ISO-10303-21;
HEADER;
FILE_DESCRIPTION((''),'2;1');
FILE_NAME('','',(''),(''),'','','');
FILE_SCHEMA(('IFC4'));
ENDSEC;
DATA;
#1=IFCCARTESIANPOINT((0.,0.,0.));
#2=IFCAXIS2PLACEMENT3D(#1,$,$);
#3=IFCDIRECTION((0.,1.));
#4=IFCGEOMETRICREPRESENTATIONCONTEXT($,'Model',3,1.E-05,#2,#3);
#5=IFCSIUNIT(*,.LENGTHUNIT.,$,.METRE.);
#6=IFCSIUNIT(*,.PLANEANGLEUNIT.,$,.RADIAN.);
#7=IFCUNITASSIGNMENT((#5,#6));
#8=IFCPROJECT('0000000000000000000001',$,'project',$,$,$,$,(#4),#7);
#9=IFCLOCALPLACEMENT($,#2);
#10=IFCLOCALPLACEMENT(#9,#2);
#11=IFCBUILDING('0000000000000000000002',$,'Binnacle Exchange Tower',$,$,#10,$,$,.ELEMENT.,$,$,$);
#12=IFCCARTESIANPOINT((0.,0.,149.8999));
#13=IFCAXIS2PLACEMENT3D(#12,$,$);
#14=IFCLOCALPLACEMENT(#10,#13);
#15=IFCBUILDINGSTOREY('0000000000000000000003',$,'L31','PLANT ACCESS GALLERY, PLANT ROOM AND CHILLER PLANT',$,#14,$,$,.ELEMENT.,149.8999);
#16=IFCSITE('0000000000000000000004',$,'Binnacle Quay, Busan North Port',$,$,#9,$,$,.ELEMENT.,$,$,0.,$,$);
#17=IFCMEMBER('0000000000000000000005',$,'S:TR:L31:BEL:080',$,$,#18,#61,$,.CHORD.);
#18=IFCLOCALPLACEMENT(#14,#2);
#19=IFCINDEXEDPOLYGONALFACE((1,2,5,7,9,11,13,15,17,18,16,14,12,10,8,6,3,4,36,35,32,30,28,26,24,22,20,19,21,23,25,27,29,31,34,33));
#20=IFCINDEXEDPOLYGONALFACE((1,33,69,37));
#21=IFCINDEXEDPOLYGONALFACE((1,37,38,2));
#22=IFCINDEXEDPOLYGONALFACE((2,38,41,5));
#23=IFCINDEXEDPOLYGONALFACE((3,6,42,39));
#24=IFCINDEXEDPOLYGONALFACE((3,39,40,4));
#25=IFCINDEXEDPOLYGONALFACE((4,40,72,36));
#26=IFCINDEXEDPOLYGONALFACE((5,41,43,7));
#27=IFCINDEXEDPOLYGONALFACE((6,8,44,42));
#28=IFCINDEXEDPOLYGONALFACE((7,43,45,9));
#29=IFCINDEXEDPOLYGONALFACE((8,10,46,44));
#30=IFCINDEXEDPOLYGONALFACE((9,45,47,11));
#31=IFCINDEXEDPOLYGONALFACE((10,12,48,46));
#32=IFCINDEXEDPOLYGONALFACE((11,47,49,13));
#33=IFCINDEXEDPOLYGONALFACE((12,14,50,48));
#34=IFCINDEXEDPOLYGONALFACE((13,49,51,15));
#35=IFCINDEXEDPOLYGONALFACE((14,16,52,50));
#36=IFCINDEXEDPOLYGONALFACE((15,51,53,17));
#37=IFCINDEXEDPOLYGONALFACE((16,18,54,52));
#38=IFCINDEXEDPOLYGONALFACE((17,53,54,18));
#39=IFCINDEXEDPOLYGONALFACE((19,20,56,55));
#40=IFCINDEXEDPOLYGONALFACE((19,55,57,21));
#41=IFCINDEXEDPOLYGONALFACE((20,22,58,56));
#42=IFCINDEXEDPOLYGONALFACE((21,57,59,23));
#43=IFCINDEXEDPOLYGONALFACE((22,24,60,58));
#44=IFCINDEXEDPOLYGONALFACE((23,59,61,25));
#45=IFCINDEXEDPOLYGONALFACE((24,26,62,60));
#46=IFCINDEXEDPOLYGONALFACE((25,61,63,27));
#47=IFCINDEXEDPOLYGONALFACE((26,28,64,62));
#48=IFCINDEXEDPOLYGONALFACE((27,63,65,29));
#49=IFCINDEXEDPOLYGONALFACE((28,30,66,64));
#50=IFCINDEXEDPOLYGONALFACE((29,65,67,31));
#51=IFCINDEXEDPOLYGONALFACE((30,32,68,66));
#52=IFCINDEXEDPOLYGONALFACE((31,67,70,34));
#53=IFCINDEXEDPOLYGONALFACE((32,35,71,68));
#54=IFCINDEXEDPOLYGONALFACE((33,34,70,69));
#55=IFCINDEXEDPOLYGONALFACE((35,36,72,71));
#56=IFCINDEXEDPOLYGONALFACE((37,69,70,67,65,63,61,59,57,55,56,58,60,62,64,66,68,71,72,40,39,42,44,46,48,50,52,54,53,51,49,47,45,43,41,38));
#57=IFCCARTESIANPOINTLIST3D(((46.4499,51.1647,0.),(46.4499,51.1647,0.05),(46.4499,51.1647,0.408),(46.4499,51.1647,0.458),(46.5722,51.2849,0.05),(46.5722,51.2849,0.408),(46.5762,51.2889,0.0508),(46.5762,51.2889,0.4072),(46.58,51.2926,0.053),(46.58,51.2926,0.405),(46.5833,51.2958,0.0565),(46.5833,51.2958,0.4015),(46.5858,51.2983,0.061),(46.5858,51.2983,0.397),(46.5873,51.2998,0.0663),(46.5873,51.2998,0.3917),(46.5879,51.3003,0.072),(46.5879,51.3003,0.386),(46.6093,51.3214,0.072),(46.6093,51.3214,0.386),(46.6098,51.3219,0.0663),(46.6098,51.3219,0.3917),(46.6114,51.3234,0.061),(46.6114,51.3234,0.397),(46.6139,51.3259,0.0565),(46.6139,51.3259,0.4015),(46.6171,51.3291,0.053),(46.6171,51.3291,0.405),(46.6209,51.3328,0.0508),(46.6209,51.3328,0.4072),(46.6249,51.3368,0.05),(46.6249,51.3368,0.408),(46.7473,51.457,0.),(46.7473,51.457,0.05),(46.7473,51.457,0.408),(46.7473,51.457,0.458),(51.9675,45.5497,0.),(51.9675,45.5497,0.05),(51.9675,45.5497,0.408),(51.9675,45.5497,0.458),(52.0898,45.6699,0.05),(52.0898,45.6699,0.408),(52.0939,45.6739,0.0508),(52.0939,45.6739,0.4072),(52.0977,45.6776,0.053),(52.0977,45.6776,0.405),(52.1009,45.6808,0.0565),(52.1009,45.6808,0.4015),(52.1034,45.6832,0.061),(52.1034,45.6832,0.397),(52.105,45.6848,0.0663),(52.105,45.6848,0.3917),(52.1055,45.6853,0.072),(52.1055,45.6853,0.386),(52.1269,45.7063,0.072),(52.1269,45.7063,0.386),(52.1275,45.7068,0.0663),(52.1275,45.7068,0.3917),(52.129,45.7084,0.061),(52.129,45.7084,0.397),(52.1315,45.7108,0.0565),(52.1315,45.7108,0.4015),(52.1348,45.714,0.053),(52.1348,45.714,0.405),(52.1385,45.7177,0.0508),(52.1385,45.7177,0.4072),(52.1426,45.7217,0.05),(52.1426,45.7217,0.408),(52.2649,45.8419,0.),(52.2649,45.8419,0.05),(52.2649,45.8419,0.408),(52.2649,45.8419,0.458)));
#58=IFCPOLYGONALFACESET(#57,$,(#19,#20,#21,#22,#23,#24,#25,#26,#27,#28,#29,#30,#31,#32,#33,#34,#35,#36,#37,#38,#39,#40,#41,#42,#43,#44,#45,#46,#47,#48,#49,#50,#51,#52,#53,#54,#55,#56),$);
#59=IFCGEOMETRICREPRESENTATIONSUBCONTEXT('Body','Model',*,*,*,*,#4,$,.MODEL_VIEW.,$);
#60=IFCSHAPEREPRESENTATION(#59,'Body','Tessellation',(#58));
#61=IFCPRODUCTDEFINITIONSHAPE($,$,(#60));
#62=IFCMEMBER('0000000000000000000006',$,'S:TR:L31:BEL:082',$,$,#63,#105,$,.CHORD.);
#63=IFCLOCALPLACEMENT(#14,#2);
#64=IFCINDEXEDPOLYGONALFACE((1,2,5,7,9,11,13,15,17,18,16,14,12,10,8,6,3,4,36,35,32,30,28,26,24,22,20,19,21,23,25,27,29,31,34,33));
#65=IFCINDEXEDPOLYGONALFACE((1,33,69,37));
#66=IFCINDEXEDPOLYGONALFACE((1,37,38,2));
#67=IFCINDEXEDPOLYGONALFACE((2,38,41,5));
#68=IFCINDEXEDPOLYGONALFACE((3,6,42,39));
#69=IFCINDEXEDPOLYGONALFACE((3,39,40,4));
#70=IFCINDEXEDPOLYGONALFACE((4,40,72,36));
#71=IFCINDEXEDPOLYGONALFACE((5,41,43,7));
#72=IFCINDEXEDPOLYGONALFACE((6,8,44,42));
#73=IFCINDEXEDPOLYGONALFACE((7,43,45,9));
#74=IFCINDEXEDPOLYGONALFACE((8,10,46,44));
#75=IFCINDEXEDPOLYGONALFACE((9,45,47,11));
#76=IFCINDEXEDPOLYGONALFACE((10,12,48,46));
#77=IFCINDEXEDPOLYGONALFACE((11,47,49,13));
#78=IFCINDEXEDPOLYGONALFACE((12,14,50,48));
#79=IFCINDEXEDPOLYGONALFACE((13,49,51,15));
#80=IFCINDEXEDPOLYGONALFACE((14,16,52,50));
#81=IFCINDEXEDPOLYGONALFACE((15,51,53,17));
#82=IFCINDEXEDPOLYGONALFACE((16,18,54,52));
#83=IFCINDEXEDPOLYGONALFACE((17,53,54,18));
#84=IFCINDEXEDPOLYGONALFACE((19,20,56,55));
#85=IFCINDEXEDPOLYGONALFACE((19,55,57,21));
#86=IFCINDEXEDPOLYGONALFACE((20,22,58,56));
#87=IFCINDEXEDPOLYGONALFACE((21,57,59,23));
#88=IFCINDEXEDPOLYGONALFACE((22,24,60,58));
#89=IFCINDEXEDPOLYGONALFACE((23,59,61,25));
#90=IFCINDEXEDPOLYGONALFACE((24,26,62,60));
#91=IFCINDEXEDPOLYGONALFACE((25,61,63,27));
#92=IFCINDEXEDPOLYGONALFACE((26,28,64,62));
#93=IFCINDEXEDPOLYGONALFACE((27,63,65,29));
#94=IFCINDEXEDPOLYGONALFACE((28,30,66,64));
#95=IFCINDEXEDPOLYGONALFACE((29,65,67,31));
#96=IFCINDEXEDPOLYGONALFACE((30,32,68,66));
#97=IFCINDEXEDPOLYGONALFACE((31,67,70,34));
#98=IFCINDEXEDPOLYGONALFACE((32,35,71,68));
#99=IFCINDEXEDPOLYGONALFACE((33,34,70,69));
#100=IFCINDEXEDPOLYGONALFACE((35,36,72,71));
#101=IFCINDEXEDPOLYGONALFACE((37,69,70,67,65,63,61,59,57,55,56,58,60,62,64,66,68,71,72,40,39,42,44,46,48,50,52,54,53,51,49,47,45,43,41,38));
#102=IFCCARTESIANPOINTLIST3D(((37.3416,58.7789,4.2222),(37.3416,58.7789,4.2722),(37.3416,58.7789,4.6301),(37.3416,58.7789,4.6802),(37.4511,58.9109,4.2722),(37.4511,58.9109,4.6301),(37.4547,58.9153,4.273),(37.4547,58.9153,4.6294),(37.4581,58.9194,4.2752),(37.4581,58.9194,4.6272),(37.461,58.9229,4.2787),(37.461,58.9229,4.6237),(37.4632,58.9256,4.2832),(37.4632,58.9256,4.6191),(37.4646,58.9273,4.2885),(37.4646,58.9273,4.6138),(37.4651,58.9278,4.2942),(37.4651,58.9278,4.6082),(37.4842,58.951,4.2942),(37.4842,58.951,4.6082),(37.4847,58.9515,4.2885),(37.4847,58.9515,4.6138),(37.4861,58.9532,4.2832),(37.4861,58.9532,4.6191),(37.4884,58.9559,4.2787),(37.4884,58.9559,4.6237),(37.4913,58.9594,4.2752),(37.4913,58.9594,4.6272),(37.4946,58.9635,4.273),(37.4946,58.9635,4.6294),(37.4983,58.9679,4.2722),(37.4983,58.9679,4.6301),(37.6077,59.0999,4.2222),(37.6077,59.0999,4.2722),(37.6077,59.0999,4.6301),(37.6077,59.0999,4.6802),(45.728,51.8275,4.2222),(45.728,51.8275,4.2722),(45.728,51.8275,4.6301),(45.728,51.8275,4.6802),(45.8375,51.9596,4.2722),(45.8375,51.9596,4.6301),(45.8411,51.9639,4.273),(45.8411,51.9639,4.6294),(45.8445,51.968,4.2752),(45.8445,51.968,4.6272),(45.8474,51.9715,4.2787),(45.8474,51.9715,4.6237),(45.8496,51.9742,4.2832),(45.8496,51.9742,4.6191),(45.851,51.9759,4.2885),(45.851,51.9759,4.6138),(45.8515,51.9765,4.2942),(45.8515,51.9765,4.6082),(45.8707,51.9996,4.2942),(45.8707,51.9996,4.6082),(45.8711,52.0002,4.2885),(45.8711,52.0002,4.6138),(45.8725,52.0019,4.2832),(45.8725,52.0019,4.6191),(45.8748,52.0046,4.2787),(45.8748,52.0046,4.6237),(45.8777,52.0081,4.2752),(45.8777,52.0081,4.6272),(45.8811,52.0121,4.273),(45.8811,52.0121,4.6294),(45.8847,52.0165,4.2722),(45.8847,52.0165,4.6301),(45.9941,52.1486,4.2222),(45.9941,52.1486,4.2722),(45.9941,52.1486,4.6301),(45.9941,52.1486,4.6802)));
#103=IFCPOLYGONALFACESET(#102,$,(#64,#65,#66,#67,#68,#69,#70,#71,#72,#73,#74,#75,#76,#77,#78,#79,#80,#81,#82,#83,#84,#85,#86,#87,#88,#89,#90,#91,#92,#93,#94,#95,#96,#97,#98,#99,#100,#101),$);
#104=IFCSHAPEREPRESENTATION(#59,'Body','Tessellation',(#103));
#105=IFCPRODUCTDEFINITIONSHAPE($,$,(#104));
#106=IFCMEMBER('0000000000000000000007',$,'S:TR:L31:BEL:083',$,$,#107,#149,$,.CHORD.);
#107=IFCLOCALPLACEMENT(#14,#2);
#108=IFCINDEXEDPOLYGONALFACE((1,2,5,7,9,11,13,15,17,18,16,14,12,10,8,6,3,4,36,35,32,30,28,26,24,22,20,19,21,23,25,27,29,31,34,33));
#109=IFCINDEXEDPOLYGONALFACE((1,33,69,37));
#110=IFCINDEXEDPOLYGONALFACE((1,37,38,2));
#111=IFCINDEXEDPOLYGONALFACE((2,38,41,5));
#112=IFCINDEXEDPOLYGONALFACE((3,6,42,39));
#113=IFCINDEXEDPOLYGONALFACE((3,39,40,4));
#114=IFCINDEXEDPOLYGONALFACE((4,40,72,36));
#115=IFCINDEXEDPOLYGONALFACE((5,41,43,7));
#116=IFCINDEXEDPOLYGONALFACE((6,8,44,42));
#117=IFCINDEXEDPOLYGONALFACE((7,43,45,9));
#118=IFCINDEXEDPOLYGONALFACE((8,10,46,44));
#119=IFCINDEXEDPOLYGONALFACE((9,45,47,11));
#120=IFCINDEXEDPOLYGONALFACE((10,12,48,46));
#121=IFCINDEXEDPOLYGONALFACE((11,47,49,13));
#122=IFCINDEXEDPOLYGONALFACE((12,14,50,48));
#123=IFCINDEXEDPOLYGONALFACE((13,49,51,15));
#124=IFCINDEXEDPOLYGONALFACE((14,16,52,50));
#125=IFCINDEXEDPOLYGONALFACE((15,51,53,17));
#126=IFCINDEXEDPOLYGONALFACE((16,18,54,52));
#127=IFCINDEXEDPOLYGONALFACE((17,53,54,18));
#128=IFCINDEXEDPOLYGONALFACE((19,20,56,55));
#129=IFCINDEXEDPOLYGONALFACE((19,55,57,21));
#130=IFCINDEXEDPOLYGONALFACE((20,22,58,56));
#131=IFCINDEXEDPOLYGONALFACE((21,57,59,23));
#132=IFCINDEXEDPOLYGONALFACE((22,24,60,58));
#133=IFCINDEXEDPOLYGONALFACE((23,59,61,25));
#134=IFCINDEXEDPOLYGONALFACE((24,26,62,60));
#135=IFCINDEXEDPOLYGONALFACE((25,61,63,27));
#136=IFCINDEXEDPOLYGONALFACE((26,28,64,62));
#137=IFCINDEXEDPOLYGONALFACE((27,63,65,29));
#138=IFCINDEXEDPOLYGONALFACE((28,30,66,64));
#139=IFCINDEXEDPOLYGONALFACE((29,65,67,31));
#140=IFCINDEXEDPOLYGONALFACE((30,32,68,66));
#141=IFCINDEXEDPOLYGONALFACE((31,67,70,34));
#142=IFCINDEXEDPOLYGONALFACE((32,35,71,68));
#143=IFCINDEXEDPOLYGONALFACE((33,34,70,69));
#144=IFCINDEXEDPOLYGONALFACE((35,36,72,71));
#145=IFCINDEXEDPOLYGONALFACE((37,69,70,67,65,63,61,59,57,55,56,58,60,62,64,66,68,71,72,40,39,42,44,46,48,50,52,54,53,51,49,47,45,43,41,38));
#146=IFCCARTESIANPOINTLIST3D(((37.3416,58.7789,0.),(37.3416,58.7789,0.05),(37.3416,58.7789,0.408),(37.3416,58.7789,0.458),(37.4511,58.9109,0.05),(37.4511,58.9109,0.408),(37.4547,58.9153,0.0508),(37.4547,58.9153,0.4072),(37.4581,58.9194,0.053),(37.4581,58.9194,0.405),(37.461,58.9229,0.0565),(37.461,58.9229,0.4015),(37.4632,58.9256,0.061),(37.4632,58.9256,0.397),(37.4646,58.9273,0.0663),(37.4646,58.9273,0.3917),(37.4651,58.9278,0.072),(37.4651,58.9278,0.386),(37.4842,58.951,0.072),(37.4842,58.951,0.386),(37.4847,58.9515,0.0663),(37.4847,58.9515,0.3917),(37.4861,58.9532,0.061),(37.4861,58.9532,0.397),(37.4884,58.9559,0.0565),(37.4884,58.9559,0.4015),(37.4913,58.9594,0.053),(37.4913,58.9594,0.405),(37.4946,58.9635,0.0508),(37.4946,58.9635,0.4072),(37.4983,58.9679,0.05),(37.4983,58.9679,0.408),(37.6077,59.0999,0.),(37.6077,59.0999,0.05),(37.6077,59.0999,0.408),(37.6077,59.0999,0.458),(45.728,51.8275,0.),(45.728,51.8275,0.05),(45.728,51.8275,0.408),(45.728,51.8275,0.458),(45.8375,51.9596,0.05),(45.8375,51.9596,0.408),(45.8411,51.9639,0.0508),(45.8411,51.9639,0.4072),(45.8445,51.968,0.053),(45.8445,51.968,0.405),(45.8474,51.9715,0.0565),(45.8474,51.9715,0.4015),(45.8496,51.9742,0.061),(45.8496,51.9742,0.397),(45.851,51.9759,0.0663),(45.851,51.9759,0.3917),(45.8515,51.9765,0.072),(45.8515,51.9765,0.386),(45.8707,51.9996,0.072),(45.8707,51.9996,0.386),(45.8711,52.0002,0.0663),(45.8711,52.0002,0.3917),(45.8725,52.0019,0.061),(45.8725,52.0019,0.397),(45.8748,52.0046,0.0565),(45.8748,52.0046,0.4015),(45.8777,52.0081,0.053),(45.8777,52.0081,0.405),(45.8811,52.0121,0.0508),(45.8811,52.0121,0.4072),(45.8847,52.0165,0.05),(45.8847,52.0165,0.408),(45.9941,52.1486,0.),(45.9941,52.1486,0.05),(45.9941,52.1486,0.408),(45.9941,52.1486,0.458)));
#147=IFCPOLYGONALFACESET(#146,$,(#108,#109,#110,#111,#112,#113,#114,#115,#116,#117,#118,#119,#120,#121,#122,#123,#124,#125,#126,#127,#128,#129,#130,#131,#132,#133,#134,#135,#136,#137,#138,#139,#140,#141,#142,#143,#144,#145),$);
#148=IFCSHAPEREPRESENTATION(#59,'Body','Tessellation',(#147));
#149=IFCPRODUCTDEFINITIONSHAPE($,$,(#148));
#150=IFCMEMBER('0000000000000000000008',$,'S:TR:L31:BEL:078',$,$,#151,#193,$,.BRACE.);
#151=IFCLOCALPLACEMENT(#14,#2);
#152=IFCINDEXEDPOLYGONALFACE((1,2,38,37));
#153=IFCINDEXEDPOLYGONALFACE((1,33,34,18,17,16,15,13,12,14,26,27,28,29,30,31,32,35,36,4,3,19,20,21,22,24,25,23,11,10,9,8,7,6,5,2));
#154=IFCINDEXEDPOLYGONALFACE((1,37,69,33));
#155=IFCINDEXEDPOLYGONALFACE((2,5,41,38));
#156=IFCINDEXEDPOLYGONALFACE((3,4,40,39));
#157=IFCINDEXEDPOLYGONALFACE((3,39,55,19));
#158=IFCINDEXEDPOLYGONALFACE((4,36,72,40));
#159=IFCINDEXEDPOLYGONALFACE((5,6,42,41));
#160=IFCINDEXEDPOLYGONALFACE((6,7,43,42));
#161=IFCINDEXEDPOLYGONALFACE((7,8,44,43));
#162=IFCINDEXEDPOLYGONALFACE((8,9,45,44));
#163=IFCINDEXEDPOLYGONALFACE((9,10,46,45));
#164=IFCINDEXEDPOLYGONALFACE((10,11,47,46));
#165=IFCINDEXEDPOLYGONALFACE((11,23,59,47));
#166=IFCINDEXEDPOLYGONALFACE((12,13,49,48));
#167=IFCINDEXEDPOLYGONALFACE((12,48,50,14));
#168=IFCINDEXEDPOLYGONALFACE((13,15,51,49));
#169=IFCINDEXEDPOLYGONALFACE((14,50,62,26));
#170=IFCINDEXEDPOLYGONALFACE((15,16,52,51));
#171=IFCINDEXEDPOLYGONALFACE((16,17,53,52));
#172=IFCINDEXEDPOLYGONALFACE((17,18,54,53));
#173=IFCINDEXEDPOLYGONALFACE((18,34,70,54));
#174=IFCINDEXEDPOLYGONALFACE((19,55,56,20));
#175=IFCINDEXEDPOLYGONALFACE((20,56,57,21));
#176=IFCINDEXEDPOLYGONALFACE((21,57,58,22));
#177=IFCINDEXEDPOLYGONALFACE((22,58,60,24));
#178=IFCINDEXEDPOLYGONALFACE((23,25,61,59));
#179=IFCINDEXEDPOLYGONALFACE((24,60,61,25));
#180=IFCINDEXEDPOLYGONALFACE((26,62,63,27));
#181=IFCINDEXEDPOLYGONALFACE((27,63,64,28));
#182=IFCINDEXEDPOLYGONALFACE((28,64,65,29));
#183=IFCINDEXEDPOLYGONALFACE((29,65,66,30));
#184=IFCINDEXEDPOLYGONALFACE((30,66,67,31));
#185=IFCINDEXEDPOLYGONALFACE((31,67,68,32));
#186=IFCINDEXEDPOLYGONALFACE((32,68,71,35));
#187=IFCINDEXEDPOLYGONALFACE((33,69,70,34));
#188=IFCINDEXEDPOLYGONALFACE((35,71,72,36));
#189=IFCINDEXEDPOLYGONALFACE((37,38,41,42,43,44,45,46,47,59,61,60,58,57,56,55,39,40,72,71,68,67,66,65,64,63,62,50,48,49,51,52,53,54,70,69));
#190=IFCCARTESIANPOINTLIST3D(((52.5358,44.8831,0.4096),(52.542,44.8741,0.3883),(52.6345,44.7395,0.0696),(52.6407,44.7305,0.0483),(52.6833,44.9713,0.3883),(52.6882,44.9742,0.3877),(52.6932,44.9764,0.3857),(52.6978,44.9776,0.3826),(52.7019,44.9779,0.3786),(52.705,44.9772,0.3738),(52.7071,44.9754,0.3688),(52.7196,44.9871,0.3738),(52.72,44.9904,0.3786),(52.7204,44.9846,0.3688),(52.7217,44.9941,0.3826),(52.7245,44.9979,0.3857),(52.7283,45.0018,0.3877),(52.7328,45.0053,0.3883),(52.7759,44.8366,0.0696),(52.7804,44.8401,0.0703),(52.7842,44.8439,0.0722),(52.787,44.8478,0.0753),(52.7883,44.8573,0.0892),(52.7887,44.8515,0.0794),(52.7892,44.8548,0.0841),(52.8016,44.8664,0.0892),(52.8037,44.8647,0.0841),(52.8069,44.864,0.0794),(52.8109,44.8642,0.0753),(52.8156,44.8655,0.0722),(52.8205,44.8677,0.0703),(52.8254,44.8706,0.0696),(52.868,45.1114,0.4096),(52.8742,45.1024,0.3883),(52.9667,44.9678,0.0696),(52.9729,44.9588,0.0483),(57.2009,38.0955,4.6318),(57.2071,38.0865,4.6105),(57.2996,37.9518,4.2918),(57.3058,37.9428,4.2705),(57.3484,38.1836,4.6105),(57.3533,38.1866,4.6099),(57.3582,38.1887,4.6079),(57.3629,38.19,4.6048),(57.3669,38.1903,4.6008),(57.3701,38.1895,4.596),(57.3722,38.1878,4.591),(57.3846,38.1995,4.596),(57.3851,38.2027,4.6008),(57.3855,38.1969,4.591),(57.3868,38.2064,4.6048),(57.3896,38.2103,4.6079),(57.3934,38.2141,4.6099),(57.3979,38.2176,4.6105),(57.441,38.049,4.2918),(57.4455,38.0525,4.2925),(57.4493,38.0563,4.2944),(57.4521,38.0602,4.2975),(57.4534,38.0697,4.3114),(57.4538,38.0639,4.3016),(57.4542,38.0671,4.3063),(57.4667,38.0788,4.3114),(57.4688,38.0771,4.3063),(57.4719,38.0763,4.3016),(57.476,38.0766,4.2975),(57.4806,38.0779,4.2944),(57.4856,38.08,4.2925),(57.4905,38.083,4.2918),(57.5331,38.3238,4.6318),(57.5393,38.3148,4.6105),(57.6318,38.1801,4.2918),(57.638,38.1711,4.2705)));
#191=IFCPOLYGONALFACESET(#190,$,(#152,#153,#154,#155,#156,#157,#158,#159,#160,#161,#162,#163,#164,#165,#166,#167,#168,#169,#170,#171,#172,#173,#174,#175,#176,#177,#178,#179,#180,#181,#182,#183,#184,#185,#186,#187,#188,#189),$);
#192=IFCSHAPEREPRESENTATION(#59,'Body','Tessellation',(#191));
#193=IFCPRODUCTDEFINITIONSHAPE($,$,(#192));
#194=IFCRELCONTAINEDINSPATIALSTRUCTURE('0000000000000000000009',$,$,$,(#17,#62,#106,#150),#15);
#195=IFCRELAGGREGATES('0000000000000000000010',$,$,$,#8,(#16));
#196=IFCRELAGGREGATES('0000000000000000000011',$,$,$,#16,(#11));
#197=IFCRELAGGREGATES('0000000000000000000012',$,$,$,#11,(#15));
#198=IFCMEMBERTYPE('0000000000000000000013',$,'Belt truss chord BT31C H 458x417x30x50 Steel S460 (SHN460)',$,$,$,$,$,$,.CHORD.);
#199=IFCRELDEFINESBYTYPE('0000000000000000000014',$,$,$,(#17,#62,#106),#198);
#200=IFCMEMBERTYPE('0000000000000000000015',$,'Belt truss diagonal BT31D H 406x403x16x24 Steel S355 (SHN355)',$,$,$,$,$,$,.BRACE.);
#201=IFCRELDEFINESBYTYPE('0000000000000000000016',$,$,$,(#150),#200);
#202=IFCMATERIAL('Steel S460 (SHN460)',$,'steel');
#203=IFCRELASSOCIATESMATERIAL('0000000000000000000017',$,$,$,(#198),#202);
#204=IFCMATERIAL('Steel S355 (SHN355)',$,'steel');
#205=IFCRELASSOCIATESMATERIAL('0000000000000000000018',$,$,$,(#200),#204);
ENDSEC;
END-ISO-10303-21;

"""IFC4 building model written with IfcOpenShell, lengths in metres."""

from ifc_helpers import new_model, si_unit, direction, frame, origin, origin_2d, place, context, subcontext, project, spatial, i_section, extrude, material, material_profile, profile_set, type_object, element, save


model = new_model("IFC4")

# Units and contexts
model_context = context("Model", 3, precision=1e-05, world=origin(), true_north=direction((0.0, 1.0)))
body_context = subcontext(model_context, "Body", "Model", "MODEL_VIEW")
ifc_project = project(units=[si_unit("LENGTHUNIT", "METRE"), si_unit("PLANEANGLEUNIT", "RADIAN")], contexts=[model_context])

# Site, building, storey
site_placement = place(None, origin())
site = spatial("IfcSite", under=ifc_project, at=site_placement, Name="Binnacle Quay, Busan North Port", CompositionType="ELEMENT", RefElevation=0.0)
building_placement = place(site_placement, origin())
building = spatial("IfcBuilding", under=site, at=building_placement, Name="Binnacle Exchange Tower", CompositionType="ELEMENT")
storey_placement = place(building_placement, frame((0.0, 0.0, 149.8999)))
storey = spatial("IfcBuildingStorey", under=building, at=storey_placement, Name="L31", Description="PLANT ACCESS GALLERY, PLANT ROOM AND CHILLER PLANT", CompositionType="ELEMENT", Elevation=149.8999)

# Members
ifc_material_1 = material(Name="Steel S460 (SHN460)", Category="steel")
ifc_material_profile_1 = material_profile(ifc_material_1, i_section(OverallWidth=0.417, OverallDepth=0.458, WebThickness=0.03, FlangeThickness=0.05, FilletRadius=0.022, at=origin_2d()), Name="H 458x417x30x50")
ifc_profile_set_1 = profile_set([ifc_material_profile_1], Name="Steel S460 (SHN460)")
member_type_1 = type_object("IfcMemberType", Name="Belt truss chord BT31C H 458x417x30x50 Steel S460 (SHN460)", PredefinedType="CHORD", material=ifc_profile_set_1)
for number, where, z_axis, x_axis, name in (
    (1, (52.1162, 45.6958, 0.229), (-0.700893, 0.713267, 0.0), (-0.713267, -0.700893, 0.0), "S:TR:L31:BEL:080"),
):
    element("IfcMember", number, at=place(storey_placement, frame(where, z_axis=z_axis, x_axis=x_axis)), inside=storey, type_object=member_type_1, Name=name, PredefinedType="CHORD", context=body_context, shape_type="SweptSolid", body=[
        extrude(i_section(OverallWidth=0.417, OverallDepth=0.458, WebThickness=0.03, FlangeThickness=0.05, FilletRadius=0.022, at=origin_2d()), origin(), (0.0, 0.0, 1.0), 7.8723),
    ])
for number, where, z_axis, x_axis, name in (
    (2, (45.8611, 51.988, 4.4512), (-0.769903, 0.638161, 0.0), (-0.638161, -0.769903, 0.0), "S:TR:L31:BEL:082"),
    (3, (45.8611, 51.988, 0.229), (-0.769903, 0.638161, 0.0), (-0.638161, -0.769903, 0.0), "S:TR:L31:BEL:083"),
):
    element("IfcMember", number, at=place(storey_placement, frame(where, z_axis=z_axis, x_axis=x_axis)), inside=storey, type_object=member_type_1, Name=name, PredefinedType="CHORD", context=body_context, shape_type="SweptSolid", body=[
        extrude(i_section(OverallWidth=0.417, OverallDepth=0.458, WebThickness=0.03, FlangeThickness=0.05, FilletRadius=0.022, at=origin_2d()), origin(), (0.0, 0.0, 1.0), 10.8928),
    ])
ifc_material_2 = material(Name="Steel S355 (SHN355)", Category="steel")
ifc_material_profile_2 = material_profile(ifc_material_2, i_section(OverallWidth=0.4031, OverallDepth=0.406, WebThickness=0.0161, FlangeThickness=0.0239, FilletRadius=0.022, at=origin_2d()), Name="H 406x403x16x24")
ifc_profile_set_2 = profile_set([ifc_material_profile_2], Name="Steel S355 (SHN355)")
member_type_2 = type_object("IfcMemberType", Name="Belt truss diagonal BT31D H 406x403x16x24 Steel S355 (SHN355)", PredefinedType="BRACE", material=ifc_profile_set_2)
member_1_placement = place(storey_placement, frame((57.4194, 38.1333, 4.4512), z_axis=(-0.504039, 0.733373, -0.456189), x_axis=(-0.824123, -0.566411, 0.0)))
element("IfcMember", 4, at=member_1_placement, inside=storey, type_object=member_type_2, Name="S:TR:L31:BEL:078", PredefinedType="BRACE", context=body_context, shape_type="SweptSolid", body=[
    extrude(i_section(OverallWidth=0.4031, OverallDepth=0.406, WebThickness=0.0161, FlangeThickness=0.0239, FilletRadius=0.022, at=origin_2d()), origin(), (0.0, 0.0, 1.0), 9.2554),
])

save(model, "model.ifc")
